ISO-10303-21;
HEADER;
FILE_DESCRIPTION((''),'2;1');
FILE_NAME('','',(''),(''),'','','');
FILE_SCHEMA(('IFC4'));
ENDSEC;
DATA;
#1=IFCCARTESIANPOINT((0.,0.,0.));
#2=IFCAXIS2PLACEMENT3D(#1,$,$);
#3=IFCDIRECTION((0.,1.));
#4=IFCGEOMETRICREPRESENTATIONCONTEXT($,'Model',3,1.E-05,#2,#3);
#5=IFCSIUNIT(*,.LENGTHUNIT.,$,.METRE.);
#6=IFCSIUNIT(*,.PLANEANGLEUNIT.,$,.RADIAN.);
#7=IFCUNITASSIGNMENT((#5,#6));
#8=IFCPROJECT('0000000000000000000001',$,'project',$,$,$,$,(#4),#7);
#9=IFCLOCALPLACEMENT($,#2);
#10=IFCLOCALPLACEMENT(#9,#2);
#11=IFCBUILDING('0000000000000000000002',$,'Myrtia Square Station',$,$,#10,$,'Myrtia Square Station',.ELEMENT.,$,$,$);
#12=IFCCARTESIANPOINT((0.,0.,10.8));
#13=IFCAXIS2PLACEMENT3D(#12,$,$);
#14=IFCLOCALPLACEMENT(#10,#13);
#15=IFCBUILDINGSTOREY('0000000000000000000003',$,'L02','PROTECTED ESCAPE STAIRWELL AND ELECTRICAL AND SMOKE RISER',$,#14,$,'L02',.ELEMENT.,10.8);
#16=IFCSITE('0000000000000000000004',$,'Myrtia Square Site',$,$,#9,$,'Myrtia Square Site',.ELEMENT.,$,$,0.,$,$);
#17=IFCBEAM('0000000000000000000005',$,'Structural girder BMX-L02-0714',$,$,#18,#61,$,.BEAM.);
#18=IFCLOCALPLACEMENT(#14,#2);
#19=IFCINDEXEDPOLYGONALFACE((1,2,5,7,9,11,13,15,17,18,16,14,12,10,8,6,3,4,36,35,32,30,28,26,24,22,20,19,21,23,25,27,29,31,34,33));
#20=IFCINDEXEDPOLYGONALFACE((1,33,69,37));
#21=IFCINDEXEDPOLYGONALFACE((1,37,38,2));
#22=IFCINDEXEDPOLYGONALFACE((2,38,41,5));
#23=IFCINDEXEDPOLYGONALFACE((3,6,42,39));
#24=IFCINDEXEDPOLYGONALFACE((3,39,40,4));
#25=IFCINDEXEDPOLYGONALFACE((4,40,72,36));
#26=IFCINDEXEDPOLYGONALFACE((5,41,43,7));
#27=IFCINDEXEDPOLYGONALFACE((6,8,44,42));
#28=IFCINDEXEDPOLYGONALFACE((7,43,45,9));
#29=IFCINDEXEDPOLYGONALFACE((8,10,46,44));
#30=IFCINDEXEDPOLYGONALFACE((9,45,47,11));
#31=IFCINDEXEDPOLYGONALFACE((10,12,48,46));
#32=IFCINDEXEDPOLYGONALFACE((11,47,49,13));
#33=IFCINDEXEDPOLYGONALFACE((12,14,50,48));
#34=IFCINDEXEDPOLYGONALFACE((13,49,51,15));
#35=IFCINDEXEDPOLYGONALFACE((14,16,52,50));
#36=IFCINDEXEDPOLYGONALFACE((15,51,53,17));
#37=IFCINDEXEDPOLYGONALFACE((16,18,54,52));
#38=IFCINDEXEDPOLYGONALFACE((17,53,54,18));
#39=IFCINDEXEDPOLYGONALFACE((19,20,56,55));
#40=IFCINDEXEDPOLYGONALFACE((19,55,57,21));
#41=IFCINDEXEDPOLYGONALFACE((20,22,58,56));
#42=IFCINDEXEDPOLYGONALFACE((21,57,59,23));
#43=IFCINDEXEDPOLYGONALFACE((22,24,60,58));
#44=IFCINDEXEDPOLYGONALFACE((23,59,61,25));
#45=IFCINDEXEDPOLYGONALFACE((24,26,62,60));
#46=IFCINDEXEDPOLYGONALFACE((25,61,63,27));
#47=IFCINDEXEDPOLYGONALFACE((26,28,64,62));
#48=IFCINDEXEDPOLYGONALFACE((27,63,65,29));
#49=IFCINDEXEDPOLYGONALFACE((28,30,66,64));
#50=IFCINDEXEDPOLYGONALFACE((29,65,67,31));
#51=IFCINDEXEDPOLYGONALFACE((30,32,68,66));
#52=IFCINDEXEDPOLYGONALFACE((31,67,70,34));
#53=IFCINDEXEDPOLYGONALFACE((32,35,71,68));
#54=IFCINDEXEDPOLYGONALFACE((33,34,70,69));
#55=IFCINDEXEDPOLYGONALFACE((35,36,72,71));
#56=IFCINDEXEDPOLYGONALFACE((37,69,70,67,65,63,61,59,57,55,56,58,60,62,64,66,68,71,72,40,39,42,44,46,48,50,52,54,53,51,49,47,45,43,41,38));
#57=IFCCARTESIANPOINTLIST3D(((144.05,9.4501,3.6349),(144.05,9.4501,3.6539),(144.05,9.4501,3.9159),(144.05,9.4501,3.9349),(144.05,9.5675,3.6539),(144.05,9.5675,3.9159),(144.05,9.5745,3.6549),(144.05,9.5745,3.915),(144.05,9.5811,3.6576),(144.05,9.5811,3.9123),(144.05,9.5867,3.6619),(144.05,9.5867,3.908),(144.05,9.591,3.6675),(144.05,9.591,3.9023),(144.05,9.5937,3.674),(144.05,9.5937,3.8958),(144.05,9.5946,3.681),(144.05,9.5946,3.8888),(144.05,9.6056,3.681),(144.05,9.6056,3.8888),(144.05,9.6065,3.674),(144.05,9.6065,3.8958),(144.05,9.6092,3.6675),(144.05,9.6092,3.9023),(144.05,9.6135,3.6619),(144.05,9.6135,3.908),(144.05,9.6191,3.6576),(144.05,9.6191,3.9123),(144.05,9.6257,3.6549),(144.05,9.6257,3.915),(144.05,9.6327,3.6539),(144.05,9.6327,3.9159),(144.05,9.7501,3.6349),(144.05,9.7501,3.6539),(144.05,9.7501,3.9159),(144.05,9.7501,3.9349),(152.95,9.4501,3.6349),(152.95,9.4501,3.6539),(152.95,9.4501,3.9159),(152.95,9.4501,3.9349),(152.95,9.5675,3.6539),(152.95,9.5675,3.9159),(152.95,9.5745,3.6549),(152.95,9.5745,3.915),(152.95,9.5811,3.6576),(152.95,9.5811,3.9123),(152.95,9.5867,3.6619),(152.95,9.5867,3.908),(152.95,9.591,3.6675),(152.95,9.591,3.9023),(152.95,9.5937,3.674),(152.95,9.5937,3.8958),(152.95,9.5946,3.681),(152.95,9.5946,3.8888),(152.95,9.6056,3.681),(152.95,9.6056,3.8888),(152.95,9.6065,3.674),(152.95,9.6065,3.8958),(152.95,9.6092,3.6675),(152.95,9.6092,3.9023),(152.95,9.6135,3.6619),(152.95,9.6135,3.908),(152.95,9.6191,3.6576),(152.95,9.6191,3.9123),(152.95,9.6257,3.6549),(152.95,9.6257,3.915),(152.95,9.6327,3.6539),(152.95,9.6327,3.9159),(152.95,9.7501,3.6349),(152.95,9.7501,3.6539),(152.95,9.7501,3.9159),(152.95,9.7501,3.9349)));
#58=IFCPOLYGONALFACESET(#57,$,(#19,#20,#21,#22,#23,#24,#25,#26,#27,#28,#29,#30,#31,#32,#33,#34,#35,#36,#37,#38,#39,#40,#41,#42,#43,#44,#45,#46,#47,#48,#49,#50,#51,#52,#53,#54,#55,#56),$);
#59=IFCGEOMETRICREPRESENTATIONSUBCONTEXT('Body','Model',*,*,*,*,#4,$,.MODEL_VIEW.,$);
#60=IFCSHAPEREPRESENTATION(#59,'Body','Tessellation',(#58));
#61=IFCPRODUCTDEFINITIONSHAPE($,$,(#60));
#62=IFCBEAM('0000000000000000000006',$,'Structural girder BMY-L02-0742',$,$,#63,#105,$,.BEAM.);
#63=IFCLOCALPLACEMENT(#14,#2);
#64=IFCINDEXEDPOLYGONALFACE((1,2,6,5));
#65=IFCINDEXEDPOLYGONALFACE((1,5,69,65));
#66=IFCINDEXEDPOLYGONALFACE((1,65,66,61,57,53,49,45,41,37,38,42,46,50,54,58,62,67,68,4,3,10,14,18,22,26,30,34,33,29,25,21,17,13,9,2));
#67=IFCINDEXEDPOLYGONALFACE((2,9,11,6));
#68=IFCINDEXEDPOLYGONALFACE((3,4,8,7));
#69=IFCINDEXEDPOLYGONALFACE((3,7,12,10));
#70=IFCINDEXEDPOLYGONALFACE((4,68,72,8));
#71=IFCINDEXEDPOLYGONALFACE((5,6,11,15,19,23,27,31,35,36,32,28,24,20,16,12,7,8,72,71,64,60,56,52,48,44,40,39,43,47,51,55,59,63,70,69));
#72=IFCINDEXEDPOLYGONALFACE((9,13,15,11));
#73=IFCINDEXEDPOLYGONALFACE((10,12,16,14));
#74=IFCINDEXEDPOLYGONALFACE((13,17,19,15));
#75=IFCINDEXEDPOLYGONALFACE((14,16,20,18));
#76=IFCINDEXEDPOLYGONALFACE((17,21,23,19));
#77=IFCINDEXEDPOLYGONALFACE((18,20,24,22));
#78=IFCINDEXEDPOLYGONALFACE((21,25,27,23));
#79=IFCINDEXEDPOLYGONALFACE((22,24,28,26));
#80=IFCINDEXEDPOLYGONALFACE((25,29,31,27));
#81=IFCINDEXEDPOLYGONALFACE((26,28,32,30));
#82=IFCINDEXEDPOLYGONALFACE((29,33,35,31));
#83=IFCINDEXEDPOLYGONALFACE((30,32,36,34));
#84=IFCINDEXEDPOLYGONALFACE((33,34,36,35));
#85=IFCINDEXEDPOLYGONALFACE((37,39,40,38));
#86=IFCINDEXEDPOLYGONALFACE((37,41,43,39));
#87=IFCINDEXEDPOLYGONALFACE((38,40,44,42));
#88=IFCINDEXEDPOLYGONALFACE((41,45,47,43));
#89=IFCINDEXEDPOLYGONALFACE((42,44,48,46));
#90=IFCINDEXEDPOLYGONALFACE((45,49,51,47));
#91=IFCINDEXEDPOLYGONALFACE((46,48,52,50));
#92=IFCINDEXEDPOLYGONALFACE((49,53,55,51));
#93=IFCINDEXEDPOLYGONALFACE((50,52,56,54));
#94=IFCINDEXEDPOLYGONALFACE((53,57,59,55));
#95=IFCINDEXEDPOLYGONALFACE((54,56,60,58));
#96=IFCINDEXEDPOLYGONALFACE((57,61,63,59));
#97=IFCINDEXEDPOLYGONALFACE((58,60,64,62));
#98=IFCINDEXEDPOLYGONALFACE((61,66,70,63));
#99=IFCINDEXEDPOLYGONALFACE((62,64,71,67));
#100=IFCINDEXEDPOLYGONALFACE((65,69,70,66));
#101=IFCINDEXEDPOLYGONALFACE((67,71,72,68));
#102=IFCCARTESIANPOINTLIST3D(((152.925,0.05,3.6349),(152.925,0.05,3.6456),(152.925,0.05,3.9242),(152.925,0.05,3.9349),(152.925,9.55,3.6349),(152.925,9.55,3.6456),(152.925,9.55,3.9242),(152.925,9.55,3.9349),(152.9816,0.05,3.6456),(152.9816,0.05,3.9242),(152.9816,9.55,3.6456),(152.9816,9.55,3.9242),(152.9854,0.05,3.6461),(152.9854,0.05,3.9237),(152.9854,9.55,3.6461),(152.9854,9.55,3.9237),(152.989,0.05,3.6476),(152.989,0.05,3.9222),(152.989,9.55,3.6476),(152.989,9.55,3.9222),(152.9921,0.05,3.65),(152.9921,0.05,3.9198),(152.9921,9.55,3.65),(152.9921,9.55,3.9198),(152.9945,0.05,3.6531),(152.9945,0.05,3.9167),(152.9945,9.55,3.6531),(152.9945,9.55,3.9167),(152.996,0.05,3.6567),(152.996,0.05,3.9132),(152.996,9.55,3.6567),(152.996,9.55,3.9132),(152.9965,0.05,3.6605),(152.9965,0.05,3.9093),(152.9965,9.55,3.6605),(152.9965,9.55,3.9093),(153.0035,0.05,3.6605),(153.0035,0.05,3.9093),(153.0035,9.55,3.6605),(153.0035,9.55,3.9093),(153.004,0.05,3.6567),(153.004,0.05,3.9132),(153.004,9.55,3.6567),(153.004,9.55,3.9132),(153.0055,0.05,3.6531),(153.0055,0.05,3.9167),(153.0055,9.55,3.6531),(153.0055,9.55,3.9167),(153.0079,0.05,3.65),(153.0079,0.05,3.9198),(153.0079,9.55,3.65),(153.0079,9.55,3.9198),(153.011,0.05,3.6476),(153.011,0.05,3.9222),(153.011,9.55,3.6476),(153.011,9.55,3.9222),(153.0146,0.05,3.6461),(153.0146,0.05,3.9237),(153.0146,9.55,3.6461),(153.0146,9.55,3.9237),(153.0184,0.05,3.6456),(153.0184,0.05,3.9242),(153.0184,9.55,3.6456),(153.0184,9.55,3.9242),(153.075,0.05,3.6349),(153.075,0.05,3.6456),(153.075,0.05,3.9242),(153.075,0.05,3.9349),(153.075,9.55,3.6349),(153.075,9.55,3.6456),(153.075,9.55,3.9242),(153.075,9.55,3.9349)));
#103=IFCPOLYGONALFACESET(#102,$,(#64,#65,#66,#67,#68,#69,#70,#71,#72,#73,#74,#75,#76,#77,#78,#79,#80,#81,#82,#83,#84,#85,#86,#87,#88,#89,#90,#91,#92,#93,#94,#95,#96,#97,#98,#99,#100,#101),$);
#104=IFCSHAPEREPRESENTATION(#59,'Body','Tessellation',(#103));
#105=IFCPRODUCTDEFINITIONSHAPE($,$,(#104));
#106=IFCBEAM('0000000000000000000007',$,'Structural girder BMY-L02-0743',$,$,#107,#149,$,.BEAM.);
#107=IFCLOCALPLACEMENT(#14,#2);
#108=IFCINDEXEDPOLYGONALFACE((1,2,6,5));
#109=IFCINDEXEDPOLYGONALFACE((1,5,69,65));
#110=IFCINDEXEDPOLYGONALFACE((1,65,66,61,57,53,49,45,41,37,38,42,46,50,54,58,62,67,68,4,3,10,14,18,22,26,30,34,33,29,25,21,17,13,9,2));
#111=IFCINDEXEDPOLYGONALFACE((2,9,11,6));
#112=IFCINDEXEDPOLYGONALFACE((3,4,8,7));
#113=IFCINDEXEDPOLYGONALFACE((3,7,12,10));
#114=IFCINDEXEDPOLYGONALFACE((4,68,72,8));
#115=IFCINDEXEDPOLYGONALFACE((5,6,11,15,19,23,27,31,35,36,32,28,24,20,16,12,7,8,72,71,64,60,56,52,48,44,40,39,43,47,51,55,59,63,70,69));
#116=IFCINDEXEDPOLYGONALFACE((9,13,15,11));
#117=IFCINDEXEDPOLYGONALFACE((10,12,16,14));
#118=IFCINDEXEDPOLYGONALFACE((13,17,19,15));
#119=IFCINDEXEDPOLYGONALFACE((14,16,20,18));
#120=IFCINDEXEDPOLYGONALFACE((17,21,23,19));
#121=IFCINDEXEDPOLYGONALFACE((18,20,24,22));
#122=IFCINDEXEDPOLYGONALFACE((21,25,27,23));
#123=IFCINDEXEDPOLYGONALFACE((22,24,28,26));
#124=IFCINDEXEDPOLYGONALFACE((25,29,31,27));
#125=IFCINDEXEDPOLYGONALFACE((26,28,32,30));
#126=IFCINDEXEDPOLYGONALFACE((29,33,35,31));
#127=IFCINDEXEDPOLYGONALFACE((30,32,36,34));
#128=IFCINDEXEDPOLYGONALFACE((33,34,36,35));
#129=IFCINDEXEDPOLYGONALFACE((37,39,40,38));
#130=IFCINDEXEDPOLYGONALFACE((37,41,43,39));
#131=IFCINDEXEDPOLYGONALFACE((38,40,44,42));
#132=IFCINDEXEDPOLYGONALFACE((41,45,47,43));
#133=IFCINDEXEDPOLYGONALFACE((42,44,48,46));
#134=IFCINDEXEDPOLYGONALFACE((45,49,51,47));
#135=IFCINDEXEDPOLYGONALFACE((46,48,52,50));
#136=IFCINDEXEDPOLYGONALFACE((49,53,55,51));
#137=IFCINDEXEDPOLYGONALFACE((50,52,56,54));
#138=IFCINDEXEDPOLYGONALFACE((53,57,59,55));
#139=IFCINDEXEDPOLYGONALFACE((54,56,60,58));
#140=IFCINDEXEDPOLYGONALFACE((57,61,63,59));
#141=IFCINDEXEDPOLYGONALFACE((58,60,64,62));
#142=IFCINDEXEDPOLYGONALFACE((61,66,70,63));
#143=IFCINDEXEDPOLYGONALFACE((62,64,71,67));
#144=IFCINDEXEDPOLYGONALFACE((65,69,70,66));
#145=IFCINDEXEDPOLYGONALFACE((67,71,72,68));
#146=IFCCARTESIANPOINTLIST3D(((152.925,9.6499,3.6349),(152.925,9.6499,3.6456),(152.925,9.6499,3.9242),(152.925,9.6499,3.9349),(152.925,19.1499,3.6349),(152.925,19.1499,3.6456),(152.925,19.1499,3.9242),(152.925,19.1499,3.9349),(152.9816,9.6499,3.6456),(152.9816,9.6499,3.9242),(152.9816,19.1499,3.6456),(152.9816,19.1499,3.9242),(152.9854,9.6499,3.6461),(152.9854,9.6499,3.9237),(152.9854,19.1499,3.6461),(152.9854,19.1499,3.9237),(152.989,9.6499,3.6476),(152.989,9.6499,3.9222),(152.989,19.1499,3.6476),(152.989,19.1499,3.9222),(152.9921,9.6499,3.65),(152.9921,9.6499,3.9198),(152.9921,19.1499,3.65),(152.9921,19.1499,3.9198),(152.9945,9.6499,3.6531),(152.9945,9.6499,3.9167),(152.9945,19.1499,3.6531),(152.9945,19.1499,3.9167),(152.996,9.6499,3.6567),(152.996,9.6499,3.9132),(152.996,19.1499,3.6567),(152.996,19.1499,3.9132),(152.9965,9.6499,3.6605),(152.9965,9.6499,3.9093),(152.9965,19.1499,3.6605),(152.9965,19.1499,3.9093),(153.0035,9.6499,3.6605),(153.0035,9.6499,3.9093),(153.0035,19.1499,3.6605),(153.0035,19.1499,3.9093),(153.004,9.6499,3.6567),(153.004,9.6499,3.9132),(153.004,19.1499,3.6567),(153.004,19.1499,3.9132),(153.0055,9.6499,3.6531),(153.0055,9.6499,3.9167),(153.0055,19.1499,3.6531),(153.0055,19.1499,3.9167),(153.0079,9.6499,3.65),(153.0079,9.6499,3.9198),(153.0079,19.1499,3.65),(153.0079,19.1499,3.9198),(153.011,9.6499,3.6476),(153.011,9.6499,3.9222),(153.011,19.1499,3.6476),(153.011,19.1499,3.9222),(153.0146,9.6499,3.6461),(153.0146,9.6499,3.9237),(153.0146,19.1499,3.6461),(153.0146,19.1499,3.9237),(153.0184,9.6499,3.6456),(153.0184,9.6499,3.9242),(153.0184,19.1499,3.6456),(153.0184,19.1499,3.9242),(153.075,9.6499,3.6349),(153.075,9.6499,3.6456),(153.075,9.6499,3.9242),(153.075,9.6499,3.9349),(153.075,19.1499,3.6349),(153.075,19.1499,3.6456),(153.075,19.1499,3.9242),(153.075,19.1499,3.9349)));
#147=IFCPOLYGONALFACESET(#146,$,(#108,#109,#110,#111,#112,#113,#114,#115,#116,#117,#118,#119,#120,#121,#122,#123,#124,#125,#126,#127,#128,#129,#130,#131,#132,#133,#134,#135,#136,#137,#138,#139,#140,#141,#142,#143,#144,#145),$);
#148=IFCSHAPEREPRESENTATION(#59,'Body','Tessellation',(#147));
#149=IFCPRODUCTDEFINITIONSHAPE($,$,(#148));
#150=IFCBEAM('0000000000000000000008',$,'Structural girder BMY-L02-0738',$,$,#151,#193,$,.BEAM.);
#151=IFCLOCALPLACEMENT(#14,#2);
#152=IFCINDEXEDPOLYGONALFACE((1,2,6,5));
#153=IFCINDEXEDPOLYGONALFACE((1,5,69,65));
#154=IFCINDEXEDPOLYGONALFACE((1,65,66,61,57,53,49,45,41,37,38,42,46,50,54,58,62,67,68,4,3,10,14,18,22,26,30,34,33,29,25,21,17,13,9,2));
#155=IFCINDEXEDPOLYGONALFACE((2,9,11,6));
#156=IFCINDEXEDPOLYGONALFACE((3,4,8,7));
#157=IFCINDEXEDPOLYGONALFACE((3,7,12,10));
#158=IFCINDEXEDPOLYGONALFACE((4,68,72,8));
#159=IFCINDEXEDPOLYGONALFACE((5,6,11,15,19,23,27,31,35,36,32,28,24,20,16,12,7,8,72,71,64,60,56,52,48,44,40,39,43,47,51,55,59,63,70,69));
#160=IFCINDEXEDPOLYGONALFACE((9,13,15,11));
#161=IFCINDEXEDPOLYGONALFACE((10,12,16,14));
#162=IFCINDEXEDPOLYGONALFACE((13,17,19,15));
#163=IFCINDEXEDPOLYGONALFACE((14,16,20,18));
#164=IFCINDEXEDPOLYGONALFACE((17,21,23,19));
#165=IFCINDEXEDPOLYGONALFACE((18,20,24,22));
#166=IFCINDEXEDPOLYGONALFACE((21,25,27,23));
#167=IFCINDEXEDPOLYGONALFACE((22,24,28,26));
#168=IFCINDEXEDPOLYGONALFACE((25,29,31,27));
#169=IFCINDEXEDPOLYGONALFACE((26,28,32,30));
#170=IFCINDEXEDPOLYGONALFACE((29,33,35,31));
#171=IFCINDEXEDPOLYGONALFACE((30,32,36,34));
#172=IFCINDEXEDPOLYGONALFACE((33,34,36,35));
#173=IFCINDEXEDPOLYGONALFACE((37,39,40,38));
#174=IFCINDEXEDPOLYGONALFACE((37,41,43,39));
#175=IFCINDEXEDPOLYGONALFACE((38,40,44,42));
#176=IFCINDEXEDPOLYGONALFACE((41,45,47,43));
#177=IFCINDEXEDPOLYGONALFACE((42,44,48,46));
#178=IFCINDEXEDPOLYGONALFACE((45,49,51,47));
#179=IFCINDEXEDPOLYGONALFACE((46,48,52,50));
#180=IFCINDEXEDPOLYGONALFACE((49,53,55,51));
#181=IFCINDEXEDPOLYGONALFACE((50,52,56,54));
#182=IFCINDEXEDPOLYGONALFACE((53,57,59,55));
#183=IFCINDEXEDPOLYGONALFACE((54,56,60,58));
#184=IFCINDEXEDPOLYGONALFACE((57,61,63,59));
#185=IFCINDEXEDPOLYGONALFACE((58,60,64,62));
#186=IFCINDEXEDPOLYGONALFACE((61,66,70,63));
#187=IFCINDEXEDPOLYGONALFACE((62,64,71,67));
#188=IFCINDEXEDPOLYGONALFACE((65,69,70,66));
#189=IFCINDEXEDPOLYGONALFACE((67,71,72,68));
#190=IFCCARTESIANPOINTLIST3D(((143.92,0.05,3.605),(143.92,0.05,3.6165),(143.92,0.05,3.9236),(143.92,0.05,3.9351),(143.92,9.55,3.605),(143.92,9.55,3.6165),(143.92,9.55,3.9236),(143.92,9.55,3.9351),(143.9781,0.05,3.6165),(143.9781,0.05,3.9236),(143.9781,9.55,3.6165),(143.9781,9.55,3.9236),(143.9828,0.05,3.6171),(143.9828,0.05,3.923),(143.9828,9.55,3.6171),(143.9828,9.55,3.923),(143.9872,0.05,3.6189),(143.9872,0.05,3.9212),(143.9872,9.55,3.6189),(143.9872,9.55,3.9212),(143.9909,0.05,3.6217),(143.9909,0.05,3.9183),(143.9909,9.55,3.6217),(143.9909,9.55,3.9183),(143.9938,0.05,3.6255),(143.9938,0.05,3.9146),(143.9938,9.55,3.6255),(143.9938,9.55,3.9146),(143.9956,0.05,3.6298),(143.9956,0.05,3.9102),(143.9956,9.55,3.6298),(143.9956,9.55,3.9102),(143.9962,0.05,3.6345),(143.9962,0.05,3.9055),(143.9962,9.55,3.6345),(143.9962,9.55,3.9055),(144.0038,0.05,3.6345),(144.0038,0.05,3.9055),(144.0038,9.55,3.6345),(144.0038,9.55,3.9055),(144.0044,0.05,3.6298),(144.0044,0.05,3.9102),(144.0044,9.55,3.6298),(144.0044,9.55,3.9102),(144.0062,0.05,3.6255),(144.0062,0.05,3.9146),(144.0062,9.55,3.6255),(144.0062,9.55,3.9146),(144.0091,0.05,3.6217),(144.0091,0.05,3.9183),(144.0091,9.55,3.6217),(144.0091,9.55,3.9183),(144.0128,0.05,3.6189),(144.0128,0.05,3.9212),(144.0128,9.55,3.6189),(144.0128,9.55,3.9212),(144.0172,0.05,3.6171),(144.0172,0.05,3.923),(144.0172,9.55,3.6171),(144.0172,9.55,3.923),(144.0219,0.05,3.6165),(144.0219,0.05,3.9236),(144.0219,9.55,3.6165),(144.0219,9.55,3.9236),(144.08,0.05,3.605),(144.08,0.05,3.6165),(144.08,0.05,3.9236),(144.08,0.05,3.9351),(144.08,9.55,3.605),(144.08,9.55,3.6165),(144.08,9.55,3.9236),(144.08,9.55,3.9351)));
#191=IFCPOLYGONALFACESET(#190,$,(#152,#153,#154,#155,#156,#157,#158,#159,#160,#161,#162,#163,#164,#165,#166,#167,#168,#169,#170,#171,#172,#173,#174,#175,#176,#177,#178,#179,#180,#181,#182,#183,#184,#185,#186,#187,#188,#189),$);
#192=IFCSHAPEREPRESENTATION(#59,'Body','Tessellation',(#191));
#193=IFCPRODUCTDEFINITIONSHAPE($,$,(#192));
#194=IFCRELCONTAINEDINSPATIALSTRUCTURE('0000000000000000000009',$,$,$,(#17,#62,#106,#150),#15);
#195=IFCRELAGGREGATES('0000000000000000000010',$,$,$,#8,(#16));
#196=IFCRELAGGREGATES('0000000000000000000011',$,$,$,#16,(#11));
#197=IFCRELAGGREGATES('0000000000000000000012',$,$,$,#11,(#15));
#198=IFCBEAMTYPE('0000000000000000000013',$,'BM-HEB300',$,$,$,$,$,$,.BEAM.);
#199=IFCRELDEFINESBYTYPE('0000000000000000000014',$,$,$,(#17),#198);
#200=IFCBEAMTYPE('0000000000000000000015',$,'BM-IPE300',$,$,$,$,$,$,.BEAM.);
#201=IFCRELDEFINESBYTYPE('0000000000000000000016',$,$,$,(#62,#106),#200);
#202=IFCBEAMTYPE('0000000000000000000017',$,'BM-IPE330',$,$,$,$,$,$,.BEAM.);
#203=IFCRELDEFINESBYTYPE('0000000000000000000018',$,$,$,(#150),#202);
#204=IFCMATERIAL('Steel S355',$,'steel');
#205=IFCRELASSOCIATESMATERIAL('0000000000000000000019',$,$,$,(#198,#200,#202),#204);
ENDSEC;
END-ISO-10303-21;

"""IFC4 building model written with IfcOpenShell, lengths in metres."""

from ifc_helpers import new_model, si_unit, direction, frame, origin, origin_2d, place, context, subcontext, project, spatial, i_section, extrude, material, material_profile, profile_set, type_object, element, save


model = new_model("IFC4")

# Units and contexts
model_context = context("Model", 3, precision=1e-05, world=origin(), true_north=direction((0.0, 1.0)))
body_context = subcontext(model_context, "Body", "Model", "MODEL_VIEW")
ifc_project = project(units=[si_unit("LENGTHUNIT", "METRE"), si_unit("PLANEANGLEUNIT", "RADIAN")], contexts=[model_context])

# Site, building, storey
site_placement = place(None, origin())
site = spatial("IfcSite", under=ifc_project, at=site_placement, Name="Myrtia Square Site", LongName="Myrtia Square Site", CompositionType="ELEMENT", RefElevation=0.0)
building_placement = place(site_placement, origin())
building = spatial("IfcBuilding", under=site, at=building_placement, Name="Myrtia Square Station", LongName="Myrtia Square Station", CompositionType="ELEMENT")
storey_placement = place(building_placement, frame((0.0, 0.0, 10.8)))
storey = spatial("IfcBuildingStorey", under=building, at=storey_placement, Name="L02", Description="PROTECTED ESCAPE STAIRWELL AND ELECTRICAL AND SMOKE RISER", LongName="L02", CompositionType="ELEMENT", Elevation=10.8)

# Shared definitions
ifc_material_1 = material(Name="Steel S355", Category="steel")

# Beams
ifc_material_profile_1 = material_profile(ifc_material_1, i_section(OverallWidth=0.3, OverallDepth=0.3, WebThickness=0.011, FlangeThickness=0.019, FilletRadius=0.0271, at=origin_2d()), Name="HEB 300")
ifc_profile_set_1 = profile_set([ifc_material_profile_1], Name="Steel S355")
beam_type_1 = type_object("IfcBeamType", Name="BM-HEB300", PredefinedType="BEAM", material=ifc_profile_set_1)
beam_1_placement = place(storey_placement, frame((144.05, 9.6001, 3.7849), z_axis=(1.0, 0.0, 0.0), x_axis=(0.0, 1.0, 0.0)))
element("IfcBeam", 1, at=beam_1_placement, inside=storey, type_object=beam_type_1, Name="Structural girder BMX-L02-0714", PredefinedType="BEAM", context=body_context, shape_type="SweptSolid", body=[
    extrude(i_section(OverallWidth=0.3, OverallDepth=0.3, WebThickness=0.011, FlangeThickness=0.019, FilletRadius=0.0271, at=origin_2d()), origin(), (0.0, 0.0, 1.0), 8.8999),
])
ifc_material_profile_2 = material_profile(ifc_material_1, i_section(OverallWidth=0.1499, OverallDepth=0.3, WebThickness=0.0071, FlangeThickness=0.0107, FilletRadius=0.0149, at=origin_2d()), Name="IPE 300")
ifc_profile_set_2 = profile_set([ifc_material_profile_2], Name="Steel S355")
beam_type_2 = type_object("IfcBeamType", Name="BM-IPE300", PredefinedType="BEAM", material=ifc_profile_set_2)
for number, where, z_axis, x_axis, name in (
    (2, (153.0, 0.05, 3.7849), (0.0, 1.0, 0.0), (-1.0, 0.0, 0.0), "Structural girder BMY-L02-0742"),
    (3, (153.0, 9.6499, 3.7849), (0.0, 1.0, 0.0), (-1.0, 0.0, 0.0), "Structural girder BMY-L02-0743"),
):
    element("IfcBeam", number, at=place(storey_placement, frame(where, z_axis=z_axis, x_axis=x_axis)), inside=storey, type_object=beam_type_2, Name=name, PredefinedType="BEAM", context=body_context, shape_type="SweptSolid", body=[
        extrude(i_section(OverallWidth=0.1499, OverallDepth=0.3, WebThickness=0.0071, FlangeThickness=0.0107, FilletRadius=0.0149, at=origin_2d()), origin(), (0.0, 0.0, 1.0), 9.5),
    ])
ifc_material_profile_3 = material_profile(ifc_material_1, i_section(OverallWidth=0.1599, OverallDepth=0.3301, WebThickness=0.0076, FlangeThickness=0.0115, FilletRadius=0.0181, at=origin_2d()), Name="IPE 330")
ifc_profile_set_3 = profile_set([ifc_material_profile_3], Name="Steel S355")
beam_type_3 = type_object("IfcBeamType", Name="BM-IPE330", PredefinedType="BEAM", material=ifc_profile_set_3)
for number, where, z_axis, x_axis, name in (
    (4, (144.0, 0.05, 3.77), (0.0, 1.0, 0.0), (-1.0, 0.0, 0.0), "Structural girder BMY-L02-0738"),
):
    element("IfcBeam", number, at=place(storey_placement, frame(where, z_axis=z_axis, x_axis=x_axis)), inside=storey, type_object=beam_type_3, Name=name, PredefinedType="BEAM", context=body_context, shape_type="SweptSolid", body=[
        extrude(i_section(OverallWidth=0.1599, OverallDepth=0.3301, WebThickness=0.0076, FlangeThickness=0.0115, FilletRadius=0.0181, at=origin_2d()), origin(), (0.0, 0.0, 1.0), 9.5),
    ])

save(model, "model.ifc")
